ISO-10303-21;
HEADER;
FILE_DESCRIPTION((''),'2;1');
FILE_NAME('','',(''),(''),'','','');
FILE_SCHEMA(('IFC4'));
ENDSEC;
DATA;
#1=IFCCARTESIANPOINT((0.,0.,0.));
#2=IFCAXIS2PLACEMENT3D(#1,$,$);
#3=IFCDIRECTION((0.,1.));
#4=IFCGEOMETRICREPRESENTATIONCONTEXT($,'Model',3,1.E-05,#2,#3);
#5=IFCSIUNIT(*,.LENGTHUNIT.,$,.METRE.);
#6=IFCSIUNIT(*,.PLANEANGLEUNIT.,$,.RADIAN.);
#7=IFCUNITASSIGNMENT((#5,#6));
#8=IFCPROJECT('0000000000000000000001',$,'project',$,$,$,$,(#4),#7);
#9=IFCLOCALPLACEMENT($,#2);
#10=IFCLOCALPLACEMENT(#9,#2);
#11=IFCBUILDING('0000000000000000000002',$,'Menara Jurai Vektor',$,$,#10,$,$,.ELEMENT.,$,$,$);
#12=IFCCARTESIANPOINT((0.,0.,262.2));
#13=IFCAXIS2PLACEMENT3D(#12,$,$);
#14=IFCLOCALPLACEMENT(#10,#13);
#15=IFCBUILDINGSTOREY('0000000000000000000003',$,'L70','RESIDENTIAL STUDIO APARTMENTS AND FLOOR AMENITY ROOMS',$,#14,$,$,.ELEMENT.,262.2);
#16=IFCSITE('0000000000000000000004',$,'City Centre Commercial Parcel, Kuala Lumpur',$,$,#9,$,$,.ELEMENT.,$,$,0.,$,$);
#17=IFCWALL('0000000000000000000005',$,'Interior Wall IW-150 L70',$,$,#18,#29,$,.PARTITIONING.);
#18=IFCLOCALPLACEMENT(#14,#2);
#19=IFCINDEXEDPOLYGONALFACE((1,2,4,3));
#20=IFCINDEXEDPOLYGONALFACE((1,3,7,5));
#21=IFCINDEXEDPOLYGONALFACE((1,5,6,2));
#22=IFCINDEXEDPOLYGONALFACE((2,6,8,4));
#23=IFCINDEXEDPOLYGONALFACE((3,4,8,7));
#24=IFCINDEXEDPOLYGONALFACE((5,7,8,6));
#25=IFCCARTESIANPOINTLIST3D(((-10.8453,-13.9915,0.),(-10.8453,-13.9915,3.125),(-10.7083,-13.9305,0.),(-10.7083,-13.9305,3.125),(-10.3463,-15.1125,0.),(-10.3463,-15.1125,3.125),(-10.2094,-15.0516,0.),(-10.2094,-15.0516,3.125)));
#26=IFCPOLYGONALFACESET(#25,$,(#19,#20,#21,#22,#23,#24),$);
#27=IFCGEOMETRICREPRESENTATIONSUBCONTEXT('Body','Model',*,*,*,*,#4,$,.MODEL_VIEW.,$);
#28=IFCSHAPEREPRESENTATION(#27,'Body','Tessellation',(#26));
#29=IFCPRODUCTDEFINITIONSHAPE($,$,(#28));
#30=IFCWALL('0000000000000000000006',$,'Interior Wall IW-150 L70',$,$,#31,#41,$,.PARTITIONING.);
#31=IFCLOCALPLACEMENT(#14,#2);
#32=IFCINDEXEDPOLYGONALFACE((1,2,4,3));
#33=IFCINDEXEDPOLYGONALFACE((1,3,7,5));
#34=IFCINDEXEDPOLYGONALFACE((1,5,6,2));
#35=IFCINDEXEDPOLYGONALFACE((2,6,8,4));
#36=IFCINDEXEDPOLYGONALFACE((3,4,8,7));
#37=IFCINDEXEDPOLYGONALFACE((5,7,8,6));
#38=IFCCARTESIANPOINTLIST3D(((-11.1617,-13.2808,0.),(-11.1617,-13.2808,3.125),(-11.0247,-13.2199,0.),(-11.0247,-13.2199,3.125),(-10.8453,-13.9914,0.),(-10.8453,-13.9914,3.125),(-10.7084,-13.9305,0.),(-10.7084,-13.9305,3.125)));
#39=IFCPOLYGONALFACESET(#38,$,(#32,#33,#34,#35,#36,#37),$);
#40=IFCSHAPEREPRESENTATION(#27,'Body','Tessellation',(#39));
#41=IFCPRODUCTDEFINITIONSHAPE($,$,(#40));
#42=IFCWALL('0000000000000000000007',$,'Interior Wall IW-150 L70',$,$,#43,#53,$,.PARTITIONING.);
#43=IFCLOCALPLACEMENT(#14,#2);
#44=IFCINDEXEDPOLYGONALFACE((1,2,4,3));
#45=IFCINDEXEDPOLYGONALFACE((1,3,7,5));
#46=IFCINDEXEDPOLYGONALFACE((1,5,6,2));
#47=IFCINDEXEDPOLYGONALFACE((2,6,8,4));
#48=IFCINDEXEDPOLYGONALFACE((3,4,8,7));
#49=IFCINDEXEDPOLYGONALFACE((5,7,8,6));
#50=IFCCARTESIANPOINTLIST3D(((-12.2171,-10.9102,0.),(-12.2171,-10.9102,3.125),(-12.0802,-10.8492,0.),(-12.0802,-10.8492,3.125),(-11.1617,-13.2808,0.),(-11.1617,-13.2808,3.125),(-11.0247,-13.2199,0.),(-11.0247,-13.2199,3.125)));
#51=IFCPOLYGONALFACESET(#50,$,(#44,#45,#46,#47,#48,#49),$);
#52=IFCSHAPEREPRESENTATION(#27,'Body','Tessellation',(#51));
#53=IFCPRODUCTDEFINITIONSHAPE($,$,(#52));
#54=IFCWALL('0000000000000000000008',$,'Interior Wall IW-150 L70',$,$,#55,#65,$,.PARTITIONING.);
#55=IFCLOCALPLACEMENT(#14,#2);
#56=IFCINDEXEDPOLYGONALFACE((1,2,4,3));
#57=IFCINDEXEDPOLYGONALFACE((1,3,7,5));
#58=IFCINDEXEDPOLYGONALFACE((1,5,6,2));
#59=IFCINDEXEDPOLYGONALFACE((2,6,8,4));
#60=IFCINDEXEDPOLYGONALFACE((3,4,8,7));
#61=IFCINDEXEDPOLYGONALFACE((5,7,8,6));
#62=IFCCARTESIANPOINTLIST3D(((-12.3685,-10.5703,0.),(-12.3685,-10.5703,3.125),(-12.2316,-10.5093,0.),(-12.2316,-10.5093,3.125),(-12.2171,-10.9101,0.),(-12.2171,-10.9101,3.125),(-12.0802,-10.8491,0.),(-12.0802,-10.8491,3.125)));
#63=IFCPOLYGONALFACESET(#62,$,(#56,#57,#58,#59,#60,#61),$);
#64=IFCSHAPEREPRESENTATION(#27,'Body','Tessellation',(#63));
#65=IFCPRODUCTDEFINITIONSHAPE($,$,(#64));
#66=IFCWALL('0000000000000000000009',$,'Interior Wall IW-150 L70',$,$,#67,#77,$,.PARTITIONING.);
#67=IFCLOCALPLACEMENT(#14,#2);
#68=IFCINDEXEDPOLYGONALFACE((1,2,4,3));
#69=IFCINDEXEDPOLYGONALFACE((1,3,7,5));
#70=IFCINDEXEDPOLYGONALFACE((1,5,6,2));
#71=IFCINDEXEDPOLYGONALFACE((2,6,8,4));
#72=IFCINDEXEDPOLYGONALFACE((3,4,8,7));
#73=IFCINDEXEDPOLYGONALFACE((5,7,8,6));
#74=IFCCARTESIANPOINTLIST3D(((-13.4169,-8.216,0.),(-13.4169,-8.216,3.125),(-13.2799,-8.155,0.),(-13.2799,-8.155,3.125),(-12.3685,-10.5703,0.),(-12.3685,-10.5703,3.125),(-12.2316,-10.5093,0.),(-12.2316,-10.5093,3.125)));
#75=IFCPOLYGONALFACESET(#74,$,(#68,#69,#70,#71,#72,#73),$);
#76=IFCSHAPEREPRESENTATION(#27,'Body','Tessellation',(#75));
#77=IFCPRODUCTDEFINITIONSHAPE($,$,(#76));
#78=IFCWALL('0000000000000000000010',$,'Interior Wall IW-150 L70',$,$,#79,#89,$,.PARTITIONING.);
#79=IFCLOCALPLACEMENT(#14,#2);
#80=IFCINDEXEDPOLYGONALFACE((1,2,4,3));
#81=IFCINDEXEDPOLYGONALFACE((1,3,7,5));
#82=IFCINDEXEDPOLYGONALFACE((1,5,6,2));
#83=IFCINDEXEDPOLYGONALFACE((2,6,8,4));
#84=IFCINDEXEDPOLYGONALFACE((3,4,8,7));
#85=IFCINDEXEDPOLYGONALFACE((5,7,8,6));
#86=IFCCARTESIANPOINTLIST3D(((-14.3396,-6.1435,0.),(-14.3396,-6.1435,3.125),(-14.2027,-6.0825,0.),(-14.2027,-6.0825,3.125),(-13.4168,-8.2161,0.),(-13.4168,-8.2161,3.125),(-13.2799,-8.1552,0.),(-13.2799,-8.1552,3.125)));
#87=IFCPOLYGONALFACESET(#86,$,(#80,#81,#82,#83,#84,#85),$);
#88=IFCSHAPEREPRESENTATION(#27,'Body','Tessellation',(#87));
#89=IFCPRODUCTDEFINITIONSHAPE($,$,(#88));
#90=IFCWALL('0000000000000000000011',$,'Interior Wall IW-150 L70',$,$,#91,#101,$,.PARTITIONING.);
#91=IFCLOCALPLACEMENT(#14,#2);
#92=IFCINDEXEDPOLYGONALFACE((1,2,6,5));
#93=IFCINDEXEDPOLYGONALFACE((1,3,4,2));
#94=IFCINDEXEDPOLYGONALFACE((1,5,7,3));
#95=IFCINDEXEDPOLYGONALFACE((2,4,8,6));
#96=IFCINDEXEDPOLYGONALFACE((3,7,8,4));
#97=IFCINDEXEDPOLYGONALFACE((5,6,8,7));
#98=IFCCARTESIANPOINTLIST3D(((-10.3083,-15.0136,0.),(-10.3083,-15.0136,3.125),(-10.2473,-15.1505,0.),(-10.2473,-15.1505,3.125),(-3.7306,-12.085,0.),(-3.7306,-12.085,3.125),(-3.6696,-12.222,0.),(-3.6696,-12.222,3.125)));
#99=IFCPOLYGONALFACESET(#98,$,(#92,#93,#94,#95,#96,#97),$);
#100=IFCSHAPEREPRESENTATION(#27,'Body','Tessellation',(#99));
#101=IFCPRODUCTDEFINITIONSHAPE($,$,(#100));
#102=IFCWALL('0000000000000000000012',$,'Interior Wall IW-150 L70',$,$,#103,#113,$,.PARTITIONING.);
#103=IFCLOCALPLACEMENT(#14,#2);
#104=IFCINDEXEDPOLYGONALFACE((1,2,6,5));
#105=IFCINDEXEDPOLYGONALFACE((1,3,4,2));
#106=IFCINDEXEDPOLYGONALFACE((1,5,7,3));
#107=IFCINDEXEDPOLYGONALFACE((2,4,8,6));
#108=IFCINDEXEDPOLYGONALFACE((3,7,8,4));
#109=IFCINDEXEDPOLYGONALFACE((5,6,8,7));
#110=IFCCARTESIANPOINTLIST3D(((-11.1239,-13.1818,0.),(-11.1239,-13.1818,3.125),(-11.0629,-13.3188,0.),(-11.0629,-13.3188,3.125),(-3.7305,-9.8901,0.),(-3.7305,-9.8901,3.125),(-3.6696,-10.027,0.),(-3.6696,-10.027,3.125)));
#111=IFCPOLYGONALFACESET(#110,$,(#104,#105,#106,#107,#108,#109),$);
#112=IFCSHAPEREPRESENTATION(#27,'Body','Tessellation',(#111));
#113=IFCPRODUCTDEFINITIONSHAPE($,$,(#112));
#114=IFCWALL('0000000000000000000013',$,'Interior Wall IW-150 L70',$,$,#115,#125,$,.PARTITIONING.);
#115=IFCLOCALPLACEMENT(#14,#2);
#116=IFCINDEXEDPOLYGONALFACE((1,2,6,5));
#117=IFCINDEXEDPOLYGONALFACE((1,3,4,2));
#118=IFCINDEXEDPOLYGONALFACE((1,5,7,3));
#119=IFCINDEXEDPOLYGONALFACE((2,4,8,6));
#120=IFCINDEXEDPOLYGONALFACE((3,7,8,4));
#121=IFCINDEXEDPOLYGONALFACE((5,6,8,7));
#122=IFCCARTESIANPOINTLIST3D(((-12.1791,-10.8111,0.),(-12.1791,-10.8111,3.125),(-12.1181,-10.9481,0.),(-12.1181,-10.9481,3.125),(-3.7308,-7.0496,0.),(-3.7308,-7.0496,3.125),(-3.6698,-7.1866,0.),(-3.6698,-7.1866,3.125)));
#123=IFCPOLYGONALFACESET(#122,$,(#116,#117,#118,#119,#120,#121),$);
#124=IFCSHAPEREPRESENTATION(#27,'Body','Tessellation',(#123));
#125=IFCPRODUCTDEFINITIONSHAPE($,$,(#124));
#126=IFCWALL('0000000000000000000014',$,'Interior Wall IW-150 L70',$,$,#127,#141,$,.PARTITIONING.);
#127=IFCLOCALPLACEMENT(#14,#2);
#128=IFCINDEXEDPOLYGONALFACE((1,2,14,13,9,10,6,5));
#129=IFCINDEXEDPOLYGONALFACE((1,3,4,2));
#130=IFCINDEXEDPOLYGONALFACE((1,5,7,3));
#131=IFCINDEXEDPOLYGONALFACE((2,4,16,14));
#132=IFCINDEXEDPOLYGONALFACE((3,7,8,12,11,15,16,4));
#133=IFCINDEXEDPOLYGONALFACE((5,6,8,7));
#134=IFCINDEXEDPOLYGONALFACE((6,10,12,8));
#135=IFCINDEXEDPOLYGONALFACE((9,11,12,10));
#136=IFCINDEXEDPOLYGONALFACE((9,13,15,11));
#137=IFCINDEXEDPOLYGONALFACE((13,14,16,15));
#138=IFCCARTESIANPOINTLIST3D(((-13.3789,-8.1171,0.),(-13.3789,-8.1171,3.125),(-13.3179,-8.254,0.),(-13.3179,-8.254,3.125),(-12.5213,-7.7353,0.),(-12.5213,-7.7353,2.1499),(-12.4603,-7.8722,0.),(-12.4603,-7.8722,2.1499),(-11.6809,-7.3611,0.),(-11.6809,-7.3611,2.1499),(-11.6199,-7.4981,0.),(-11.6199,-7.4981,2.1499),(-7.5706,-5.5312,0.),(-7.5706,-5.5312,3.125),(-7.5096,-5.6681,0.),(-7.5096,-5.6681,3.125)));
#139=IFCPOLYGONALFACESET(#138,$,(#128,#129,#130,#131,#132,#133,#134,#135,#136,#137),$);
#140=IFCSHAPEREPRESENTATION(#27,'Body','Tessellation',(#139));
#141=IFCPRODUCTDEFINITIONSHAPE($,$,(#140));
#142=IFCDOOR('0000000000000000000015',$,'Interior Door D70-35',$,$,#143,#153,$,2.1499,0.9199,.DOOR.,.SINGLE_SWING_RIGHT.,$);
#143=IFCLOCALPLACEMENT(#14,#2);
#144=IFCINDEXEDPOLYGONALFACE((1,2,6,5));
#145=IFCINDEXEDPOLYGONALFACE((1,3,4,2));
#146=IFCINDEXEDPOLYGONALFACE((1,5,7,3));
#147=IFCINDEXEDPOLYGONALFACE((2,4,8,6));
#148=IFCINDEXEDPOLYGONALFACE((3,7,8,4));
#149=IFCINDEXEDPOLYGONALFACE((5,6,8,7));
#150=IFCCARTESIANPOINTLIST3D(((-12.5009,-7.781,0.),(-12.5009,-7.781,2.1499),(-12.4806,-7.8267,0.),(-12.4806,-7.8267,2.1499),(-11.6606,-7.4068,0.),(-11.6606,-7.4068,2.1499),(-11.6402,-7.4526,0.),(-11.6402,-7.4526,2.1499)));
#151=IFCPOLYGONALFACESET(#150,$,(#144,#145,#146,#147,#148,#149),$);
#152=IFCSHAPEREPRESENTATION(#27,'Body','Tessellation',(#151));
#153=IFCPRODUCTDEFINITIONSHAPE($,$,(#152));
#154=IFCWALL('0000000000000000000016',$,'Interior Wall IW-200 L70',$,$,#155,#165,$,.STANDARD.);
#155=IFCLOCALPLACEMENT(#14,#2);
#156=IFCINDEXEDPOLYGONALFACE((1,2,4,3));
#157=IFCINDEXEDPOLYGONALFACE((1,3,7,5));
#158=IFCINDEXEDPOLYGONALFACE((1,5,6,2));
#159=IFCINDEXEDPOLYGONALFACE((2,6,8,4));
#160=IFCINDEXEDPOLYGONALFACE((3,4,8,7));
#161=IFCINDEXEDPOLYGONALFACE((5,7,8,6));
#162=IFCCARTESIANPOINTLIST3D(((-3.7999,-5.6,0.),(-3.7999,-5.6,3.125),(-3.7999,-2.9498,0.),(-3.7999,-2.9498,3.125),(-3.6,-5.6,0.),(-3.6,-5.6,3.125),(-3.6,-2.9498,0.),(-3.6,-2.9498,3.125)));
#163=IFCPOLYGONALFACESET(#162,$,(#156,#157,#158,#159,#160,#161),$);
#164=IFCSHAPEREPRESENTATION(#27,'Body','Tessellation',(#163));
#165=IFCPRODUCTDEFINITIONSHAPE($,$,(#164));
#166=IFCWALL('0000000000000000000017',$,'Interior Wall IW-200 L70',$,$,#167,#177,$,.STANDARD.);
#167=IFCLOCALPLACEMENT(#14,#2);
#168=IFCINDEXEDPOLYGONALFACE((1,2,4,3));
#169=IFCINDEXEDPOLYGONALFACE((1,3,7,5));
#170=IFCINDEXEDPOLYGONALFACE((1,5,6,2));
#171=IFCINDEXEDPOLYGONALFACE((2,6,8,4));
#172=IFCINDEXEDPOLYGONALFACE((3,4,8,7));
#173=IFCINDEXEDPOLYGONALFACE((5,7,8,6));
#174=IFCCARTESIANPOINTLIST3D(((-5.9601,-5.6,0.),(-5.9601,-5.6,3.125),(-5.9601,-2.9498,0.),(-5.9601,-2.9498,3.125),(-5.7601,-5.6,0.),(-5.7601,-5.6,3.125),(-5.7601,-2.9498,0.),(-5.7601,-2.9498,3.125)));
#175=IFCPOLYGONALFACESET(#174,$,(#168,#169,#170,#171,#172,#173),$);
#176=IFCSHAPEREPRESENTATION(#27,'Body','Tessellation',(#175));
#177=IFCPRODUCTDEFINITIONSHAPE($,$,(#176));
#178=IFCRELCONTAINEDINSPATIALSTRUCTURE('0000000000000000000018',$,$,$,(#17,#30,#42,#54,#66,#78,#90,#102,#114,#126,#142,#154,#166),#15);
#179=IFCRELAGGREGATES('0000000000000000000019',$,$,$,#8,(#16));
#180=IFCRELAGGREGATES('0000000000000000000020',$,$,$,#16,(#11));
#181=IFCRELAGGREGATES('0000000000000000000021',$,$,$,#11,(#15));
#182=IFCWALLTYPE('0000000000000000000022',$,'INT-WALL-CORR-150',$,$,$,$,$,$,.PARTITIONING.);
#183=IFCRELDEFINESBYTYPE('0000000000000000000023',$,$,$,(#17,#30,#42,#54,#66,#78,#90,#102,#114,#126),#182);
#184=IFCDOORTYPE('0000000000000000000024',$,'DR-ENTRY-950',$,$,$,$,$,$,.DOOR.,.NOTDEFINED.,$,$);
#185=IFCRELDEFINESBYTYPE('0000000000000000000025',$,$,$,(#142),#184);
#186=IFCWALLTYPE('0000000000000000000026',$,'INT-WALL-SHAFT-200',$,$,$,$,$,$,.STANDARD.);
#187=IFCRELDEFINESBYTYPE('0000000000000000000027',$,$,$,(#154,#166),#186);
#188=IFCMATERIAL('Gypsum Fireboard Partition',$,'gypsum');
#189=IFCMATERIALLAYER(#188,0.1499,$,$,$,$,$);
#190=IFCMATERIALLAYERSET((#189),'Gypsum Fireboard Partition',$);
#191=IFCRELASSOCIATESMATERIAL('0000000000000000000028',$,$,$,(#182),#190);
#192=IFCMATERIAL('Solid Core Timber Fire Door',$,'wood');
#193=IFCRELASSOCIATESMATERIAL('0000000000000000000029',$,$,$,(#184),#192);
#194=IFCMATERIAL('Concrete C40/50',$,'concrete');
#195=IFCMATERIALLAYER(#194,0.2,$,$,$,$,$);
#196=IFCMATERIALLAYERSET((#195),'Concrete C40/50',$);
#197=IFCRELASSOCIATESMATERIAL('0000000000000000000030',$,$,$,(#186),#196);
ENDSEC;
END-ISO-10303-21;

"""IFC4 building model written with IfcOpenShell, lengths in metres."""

from ifc_helpers import new_model, si_unit, direction, frame, frame_2d, origin, place, context, subcontext, project, spatial, rectangle, extrude, material, layer, layer_set, type_object, element, fill, save


model = new_model("IFC4")

# Units and contexts
model_context = context("Model", 3, precision=1e-05, world=origin(), true_north=direction((0.0, 1.0)))
body_context = subcontext(model_context, "Body", "Model", "MODEL_VIEW")
ifc_project = project(units=[si_unit("LENGTHUNIT", "METRE"), si_unit("PLANEANGLEUNIT", "RADIAN")], contexts=[model_context])

# Site, building, storey
site_placement = place(None, origin())
site = spatial("IfcSite", under=ifc_project, at=site_placement, Name="City Centre Commercial Parcel, Kuala Lumpur", CompositionType="ELEMENT", RefElevation=0.0)
building_placement = place(site_placement, origin())
building = spatial("IfcBuilding", under=site, at=building_placement, Name="Menara Jurai Vektor", CompositionType="ELEMENT")
storey_placement = place(building_placement, frame((0.0, 0.0, 262.2)))
storey = spatial("IfcBuildingStorey", under=building, at=storey_placement, Name="L70", Description="RESIDENTIAL STUDIO APARTMENTS AND FLOOR AMENITY ROOMS", CompositionType="ELEMENT", Elevation=262.2)

# Shared definitions
ifc_material_1 = material(Name="Gypsum Fireboard Partition", Category="gypsum")
ifc_layer_1 = layer(ifc_material_1, 0.1499)
ifc_layer_set_1 = layer_set([ifc_layer_1], Name="Gypsum Fireboard Partition")
wall_type_1 = type_object("IfcWallType", Name="INT-WALL-CORR-150", PredefinedType="PARTITIONING", material=ifc_layer_set_1)

# Shared definitions
ifc_material_2 = material(Name="Solid Core Timber Fire Door", Category="wood")
door_type = type_object("IfcDoorType", Name="DR-ENTRY-950", OperationType="NOTDEFINED", PredefinedType="DOOR", material=ifc_material_2)

# Walls
wall_1_placement = place(storey_placement, frame((-10.2778, -15.082, 0.0), z_axis=(0.0, 0.0, 1.0), x_axis=(-0.406655, 0.913582, 0.0)))
element("IfcWall", 1, at=wall_1_placement, inside=storey, type_object=wall_type_1, Name="Interior Wall IW-150 L70", PredefinedType="PARTITIONING", context=body_context, shape_type="SweptSolid", body=[
    extrude(rectangle(XDim=1.2271, YDim=0.1499, at=frame_2d((0.6135, 0.0))), origin(), (0.0, 0.0, 1.0), 3.125),
])
wall_2_placement = place(storey_placement, frame((-10.7769, -13.9609, 0.0), z_axis=(0.0, 0.0, 1.0), x_axis=(-0.406721, 0.913553, 0.0)))
element("IfcWall", 2, at=wall_2_placement, inside=storey, type_object=wall_type_1, Name="Interior Wall IW-150 L70", PredefinedType="PARTITIONING", context=body_context, shape_type="SweptSolid", body=[
    extrude(rectangle(XDim=0.7778, YDim=0.1499, at=frame_2d((0.3889, 0.0))), origin(), (0.0, 0.0, 1.0), 3.125),
])
wall_3_placement = place(storey_placement, frame((-11.0933, -13.2502, 0.0), z_axis=(0.0, 0.0, 1.0), x_axis=(-0.406723, 0.913551, 0.0)))
element("IfcWall", 3, at=wall_3_placement, inside=storey, type_object=wall_type_1, Name="Interior Wall IW-150 L70", PredefinedType="PARTITIONING", context=body_context, shape_type="SweptSolid", body=[
    extrude(rectangle(XDim=2.595, YDim=0.1499, at=frame_2d((1.2974, 0.0))), origin(), (0.0, 0.0, 1.0), 3.125),
])
wall_4_placement = place(storey_placement, frame((-12.1487, -10.8796, 0.0), z_axis=(0.0, 0.0, 1.0), x_axis=(-0.406869, 0.913487, 0.0)))
element("IfcWall", 4, at=wall_4_placement, inside=storey, type_object=wall_type_1, Name="Interior Wall IW-150 L70", PredefinedType="PARTITIONING", context=body_context, shape_type="SweptSolid", body=[
    extrude(rectangle(XDim=0.3721, YDim=0.1499, at=frame_2d((0.186, 0.0))), origin(), (0.0, 0.0, 1.0), 3.125),
])
wall_5_placement = place(storey_placement, frame((-12.3, -10.5398, 0.0), z_axis=(0.0, 0.0, 1.0), x_axis=(-0.406789, 0.913522, 0.0)))
element("IfcWall", 5, at=wall_5_placement, inside=storey, type_object=wall_type_1, Name="Interior Wall IW-150 L70", PredefinedType="PARTITIONING", context=body_context, shape_type="SweptSolid", body=[
    extrude(rectangle(XDim=2.5771, YDim=0.1499, at=frame_2d((1.2886, 0.0))), origin(), (0.0, 0.0, 1.0), 3.125),
])
wall_6_placement = place(storey_placement, frame((-13.3484, -8.1855, 0.0), z_axis=(0.0, 0.0, 1.0), x_axis=(-0.406737, 0.913545, 0.0)))
element("IfcWall", 6, at=wall_6_placement, inside=storey, type_object=wall_type_1, Name="Interior Wall IW-150 L70", PredefinedType="PARTITIONING", context=body_context, shape_type="SweptSolid", body=[
    extrude(rectangle(XDim=2.2688, YDim=0.1499, at=frame_2d((1.1343, 0.0))), origin(), (0.0, 0.0, 1.0), 3.125),
])
wall_7_placement = place(storey_placement, frame((-10.2778, -15.082, 0.0), z_axis=(0.0, 0.0, 1.0), x_axis=(0.91355, 0.406727, 0.0)))
element("IfcWall", 7, at=wall_7_placement, inside=storey, type_object=wall_type_1, Name="Interior Wall IW-150 L70", PredefinedType="PARTITIONING", context=body_context, shape_type="SweptSolid", body=[
    extrude(rectangle(XDim=7.2002, YDim=0.1499, at=frame_2d((3.6001, 0.0))), origin(), (0.0, 0.0, 1.0), 3.125),
])
wall_8_placement = place(storey_placement, frame((-11.0933, -13.2502, 0.0), z_axis=(0.0, 0.0, 1.0), x_axis=(0.913544, 0.40674, 0.0)))
element("IfcWall", 8, at=wall_8_placement, inside=storey, type_object=wall_type_1, Name="Interior Wall IW-150 L70", PredefinedType="PARTITIONING", context=body_context, shape_type="SweptSolid", body=[
    extrude(rectangle(XDim=8.093, YDim=0.1499, at=frame_2d((4.0464, 0.0))), origin(), (0.0, 0.0, 1.0), 3.125),
])
wall_9_placement = place(storey_placement, frame((-12.1487, -10.8796, 0.0), z_axis=(0.0, 0.0, 1.0), x_axis=(0.913542, 0.406743, 0.0)))
element("IfcWall", 9, at=wall_9_placement, inside=storey, type_object=wall_type_1, Name="Interior Wall IW-150 L70", PredefinedType="PARTITIONING", context=body_context, shape_type="SweptSolid", body=[
    extrude(rectangle(XDim=9.2478, YDim=0.1499, at=frame_2d((4.624, 0.0))), origin(), (0.0, 0.0, 1.0), 3.125),
])

# Wall, opening, door
wall_10_placement = place(storey_placement, frame((-13.3484, -8.1855, 0.0), z_axis=(0.0, 0.0, 1.0), x_axis=(0.913552, 0.406723, 0.0)))
wall_10 = element("IfcWall", 10, at=wall_10_placement, inside=storey, type_object=wall_type_1, Name="Interior Wall IW-150 L70", PredefinedType="PARTITIONING", context=body_context, shape_type="SweptSolid", body=[
    extrude(rectangle(XDim=6.3579, YDim=0.1499, at=frame_2d((3.179, 0.0))), origin(), (0.0, 0.0, 1.0), 3.125),
])
opening_1_placement = place(wall_10_placement, frame((0.9387, 0.0, 0.0)))
opening_1 = element("IfcOpeningElement", 11, at=opening_1_placement, cuts=wall_10, PredefinedType="OPENING", context=body_context, shape_type="SweptSolid", body=[
    extrude(rectangle(XDim=0.9199, YDim=2.1499, at=frame_2d((0.46, 1.075))), frame((0.0, 0.085, 0.0), z_axis=(0.0, -1.0, 0.0), x_axis=(1.0, 0.0, 0.0)), (0.0, 0.0, 1.0), 0.1699),
])
door_1_placement = place(opening_1_placement, origin())
door_1 = element("IfcDoor", 12, at=door_1_placement, inside=storey, type_object=door_type, Name="Interior Door D70-35", OperationType="SINGLE_SWING_RIGHT", OverallHeight=2.1499, OverallWidth=0.9199, PredefinedType="DOOR", context=body_context, shape_type="SweptSolid", body=[
    extrude(rectangle(XDim=0.9199, YDim=2.1499, at=frame_2d((0.46, 1.075))), frame((0.0, 0.0249, 0.0), z_axis=(0.0, -1.0, 0.0), x_axis=(1.0, 0.0, 0.0)), (0.0, 0.0, 1.0), 0.05),
])
fill(opening_1, door_1)

# Walls
ifc_material_3 = material(Name="Concrete C40/50", Category="concrete")
ifc_layer_2 = layer(ifc_material_3, 0.2)
ifc_layer_set_2 = layer_set([ifc_layer_2], Name="Concrete C40/50")
wall_type_2 = type_object("IfcWallType", Name="INT-WALL-SHAFT-200", PredefinedType="STANDARD", material=ifc_layer_set_2)
for number, where, z_axis, x_axis, name in (
    (13, (-3.7, -5.6001, 0.0), (0.0, 0.0, 1.0), (0.0, 1.0, 0.0), "Interior Wall IW-200 L70"),
    (14, (-5.8601, -5.6001, 0.0), (0.0, 0.0, 1.0), (0.0, 1.0, 0.0), "Interior Wall IW-200 L70"),
):
    element("IfcWall", number, at=place(storey_placement, frame(where, z_axis=z_axis, x_axis=x_axis)), inside=storey, type_object=wall_type_2, Name=name, PredefinedType="STANDARD", context=body_context, shape_type="SweptSolid", body=[
        extrude(rectangle(XDim=2.6501, YDim=0.2, at=frame_2d((1.3252, 0.0))), origin(), (0.0, 0.0, 1.0), 3.125),
    ])

save(model, "model.ifc")
